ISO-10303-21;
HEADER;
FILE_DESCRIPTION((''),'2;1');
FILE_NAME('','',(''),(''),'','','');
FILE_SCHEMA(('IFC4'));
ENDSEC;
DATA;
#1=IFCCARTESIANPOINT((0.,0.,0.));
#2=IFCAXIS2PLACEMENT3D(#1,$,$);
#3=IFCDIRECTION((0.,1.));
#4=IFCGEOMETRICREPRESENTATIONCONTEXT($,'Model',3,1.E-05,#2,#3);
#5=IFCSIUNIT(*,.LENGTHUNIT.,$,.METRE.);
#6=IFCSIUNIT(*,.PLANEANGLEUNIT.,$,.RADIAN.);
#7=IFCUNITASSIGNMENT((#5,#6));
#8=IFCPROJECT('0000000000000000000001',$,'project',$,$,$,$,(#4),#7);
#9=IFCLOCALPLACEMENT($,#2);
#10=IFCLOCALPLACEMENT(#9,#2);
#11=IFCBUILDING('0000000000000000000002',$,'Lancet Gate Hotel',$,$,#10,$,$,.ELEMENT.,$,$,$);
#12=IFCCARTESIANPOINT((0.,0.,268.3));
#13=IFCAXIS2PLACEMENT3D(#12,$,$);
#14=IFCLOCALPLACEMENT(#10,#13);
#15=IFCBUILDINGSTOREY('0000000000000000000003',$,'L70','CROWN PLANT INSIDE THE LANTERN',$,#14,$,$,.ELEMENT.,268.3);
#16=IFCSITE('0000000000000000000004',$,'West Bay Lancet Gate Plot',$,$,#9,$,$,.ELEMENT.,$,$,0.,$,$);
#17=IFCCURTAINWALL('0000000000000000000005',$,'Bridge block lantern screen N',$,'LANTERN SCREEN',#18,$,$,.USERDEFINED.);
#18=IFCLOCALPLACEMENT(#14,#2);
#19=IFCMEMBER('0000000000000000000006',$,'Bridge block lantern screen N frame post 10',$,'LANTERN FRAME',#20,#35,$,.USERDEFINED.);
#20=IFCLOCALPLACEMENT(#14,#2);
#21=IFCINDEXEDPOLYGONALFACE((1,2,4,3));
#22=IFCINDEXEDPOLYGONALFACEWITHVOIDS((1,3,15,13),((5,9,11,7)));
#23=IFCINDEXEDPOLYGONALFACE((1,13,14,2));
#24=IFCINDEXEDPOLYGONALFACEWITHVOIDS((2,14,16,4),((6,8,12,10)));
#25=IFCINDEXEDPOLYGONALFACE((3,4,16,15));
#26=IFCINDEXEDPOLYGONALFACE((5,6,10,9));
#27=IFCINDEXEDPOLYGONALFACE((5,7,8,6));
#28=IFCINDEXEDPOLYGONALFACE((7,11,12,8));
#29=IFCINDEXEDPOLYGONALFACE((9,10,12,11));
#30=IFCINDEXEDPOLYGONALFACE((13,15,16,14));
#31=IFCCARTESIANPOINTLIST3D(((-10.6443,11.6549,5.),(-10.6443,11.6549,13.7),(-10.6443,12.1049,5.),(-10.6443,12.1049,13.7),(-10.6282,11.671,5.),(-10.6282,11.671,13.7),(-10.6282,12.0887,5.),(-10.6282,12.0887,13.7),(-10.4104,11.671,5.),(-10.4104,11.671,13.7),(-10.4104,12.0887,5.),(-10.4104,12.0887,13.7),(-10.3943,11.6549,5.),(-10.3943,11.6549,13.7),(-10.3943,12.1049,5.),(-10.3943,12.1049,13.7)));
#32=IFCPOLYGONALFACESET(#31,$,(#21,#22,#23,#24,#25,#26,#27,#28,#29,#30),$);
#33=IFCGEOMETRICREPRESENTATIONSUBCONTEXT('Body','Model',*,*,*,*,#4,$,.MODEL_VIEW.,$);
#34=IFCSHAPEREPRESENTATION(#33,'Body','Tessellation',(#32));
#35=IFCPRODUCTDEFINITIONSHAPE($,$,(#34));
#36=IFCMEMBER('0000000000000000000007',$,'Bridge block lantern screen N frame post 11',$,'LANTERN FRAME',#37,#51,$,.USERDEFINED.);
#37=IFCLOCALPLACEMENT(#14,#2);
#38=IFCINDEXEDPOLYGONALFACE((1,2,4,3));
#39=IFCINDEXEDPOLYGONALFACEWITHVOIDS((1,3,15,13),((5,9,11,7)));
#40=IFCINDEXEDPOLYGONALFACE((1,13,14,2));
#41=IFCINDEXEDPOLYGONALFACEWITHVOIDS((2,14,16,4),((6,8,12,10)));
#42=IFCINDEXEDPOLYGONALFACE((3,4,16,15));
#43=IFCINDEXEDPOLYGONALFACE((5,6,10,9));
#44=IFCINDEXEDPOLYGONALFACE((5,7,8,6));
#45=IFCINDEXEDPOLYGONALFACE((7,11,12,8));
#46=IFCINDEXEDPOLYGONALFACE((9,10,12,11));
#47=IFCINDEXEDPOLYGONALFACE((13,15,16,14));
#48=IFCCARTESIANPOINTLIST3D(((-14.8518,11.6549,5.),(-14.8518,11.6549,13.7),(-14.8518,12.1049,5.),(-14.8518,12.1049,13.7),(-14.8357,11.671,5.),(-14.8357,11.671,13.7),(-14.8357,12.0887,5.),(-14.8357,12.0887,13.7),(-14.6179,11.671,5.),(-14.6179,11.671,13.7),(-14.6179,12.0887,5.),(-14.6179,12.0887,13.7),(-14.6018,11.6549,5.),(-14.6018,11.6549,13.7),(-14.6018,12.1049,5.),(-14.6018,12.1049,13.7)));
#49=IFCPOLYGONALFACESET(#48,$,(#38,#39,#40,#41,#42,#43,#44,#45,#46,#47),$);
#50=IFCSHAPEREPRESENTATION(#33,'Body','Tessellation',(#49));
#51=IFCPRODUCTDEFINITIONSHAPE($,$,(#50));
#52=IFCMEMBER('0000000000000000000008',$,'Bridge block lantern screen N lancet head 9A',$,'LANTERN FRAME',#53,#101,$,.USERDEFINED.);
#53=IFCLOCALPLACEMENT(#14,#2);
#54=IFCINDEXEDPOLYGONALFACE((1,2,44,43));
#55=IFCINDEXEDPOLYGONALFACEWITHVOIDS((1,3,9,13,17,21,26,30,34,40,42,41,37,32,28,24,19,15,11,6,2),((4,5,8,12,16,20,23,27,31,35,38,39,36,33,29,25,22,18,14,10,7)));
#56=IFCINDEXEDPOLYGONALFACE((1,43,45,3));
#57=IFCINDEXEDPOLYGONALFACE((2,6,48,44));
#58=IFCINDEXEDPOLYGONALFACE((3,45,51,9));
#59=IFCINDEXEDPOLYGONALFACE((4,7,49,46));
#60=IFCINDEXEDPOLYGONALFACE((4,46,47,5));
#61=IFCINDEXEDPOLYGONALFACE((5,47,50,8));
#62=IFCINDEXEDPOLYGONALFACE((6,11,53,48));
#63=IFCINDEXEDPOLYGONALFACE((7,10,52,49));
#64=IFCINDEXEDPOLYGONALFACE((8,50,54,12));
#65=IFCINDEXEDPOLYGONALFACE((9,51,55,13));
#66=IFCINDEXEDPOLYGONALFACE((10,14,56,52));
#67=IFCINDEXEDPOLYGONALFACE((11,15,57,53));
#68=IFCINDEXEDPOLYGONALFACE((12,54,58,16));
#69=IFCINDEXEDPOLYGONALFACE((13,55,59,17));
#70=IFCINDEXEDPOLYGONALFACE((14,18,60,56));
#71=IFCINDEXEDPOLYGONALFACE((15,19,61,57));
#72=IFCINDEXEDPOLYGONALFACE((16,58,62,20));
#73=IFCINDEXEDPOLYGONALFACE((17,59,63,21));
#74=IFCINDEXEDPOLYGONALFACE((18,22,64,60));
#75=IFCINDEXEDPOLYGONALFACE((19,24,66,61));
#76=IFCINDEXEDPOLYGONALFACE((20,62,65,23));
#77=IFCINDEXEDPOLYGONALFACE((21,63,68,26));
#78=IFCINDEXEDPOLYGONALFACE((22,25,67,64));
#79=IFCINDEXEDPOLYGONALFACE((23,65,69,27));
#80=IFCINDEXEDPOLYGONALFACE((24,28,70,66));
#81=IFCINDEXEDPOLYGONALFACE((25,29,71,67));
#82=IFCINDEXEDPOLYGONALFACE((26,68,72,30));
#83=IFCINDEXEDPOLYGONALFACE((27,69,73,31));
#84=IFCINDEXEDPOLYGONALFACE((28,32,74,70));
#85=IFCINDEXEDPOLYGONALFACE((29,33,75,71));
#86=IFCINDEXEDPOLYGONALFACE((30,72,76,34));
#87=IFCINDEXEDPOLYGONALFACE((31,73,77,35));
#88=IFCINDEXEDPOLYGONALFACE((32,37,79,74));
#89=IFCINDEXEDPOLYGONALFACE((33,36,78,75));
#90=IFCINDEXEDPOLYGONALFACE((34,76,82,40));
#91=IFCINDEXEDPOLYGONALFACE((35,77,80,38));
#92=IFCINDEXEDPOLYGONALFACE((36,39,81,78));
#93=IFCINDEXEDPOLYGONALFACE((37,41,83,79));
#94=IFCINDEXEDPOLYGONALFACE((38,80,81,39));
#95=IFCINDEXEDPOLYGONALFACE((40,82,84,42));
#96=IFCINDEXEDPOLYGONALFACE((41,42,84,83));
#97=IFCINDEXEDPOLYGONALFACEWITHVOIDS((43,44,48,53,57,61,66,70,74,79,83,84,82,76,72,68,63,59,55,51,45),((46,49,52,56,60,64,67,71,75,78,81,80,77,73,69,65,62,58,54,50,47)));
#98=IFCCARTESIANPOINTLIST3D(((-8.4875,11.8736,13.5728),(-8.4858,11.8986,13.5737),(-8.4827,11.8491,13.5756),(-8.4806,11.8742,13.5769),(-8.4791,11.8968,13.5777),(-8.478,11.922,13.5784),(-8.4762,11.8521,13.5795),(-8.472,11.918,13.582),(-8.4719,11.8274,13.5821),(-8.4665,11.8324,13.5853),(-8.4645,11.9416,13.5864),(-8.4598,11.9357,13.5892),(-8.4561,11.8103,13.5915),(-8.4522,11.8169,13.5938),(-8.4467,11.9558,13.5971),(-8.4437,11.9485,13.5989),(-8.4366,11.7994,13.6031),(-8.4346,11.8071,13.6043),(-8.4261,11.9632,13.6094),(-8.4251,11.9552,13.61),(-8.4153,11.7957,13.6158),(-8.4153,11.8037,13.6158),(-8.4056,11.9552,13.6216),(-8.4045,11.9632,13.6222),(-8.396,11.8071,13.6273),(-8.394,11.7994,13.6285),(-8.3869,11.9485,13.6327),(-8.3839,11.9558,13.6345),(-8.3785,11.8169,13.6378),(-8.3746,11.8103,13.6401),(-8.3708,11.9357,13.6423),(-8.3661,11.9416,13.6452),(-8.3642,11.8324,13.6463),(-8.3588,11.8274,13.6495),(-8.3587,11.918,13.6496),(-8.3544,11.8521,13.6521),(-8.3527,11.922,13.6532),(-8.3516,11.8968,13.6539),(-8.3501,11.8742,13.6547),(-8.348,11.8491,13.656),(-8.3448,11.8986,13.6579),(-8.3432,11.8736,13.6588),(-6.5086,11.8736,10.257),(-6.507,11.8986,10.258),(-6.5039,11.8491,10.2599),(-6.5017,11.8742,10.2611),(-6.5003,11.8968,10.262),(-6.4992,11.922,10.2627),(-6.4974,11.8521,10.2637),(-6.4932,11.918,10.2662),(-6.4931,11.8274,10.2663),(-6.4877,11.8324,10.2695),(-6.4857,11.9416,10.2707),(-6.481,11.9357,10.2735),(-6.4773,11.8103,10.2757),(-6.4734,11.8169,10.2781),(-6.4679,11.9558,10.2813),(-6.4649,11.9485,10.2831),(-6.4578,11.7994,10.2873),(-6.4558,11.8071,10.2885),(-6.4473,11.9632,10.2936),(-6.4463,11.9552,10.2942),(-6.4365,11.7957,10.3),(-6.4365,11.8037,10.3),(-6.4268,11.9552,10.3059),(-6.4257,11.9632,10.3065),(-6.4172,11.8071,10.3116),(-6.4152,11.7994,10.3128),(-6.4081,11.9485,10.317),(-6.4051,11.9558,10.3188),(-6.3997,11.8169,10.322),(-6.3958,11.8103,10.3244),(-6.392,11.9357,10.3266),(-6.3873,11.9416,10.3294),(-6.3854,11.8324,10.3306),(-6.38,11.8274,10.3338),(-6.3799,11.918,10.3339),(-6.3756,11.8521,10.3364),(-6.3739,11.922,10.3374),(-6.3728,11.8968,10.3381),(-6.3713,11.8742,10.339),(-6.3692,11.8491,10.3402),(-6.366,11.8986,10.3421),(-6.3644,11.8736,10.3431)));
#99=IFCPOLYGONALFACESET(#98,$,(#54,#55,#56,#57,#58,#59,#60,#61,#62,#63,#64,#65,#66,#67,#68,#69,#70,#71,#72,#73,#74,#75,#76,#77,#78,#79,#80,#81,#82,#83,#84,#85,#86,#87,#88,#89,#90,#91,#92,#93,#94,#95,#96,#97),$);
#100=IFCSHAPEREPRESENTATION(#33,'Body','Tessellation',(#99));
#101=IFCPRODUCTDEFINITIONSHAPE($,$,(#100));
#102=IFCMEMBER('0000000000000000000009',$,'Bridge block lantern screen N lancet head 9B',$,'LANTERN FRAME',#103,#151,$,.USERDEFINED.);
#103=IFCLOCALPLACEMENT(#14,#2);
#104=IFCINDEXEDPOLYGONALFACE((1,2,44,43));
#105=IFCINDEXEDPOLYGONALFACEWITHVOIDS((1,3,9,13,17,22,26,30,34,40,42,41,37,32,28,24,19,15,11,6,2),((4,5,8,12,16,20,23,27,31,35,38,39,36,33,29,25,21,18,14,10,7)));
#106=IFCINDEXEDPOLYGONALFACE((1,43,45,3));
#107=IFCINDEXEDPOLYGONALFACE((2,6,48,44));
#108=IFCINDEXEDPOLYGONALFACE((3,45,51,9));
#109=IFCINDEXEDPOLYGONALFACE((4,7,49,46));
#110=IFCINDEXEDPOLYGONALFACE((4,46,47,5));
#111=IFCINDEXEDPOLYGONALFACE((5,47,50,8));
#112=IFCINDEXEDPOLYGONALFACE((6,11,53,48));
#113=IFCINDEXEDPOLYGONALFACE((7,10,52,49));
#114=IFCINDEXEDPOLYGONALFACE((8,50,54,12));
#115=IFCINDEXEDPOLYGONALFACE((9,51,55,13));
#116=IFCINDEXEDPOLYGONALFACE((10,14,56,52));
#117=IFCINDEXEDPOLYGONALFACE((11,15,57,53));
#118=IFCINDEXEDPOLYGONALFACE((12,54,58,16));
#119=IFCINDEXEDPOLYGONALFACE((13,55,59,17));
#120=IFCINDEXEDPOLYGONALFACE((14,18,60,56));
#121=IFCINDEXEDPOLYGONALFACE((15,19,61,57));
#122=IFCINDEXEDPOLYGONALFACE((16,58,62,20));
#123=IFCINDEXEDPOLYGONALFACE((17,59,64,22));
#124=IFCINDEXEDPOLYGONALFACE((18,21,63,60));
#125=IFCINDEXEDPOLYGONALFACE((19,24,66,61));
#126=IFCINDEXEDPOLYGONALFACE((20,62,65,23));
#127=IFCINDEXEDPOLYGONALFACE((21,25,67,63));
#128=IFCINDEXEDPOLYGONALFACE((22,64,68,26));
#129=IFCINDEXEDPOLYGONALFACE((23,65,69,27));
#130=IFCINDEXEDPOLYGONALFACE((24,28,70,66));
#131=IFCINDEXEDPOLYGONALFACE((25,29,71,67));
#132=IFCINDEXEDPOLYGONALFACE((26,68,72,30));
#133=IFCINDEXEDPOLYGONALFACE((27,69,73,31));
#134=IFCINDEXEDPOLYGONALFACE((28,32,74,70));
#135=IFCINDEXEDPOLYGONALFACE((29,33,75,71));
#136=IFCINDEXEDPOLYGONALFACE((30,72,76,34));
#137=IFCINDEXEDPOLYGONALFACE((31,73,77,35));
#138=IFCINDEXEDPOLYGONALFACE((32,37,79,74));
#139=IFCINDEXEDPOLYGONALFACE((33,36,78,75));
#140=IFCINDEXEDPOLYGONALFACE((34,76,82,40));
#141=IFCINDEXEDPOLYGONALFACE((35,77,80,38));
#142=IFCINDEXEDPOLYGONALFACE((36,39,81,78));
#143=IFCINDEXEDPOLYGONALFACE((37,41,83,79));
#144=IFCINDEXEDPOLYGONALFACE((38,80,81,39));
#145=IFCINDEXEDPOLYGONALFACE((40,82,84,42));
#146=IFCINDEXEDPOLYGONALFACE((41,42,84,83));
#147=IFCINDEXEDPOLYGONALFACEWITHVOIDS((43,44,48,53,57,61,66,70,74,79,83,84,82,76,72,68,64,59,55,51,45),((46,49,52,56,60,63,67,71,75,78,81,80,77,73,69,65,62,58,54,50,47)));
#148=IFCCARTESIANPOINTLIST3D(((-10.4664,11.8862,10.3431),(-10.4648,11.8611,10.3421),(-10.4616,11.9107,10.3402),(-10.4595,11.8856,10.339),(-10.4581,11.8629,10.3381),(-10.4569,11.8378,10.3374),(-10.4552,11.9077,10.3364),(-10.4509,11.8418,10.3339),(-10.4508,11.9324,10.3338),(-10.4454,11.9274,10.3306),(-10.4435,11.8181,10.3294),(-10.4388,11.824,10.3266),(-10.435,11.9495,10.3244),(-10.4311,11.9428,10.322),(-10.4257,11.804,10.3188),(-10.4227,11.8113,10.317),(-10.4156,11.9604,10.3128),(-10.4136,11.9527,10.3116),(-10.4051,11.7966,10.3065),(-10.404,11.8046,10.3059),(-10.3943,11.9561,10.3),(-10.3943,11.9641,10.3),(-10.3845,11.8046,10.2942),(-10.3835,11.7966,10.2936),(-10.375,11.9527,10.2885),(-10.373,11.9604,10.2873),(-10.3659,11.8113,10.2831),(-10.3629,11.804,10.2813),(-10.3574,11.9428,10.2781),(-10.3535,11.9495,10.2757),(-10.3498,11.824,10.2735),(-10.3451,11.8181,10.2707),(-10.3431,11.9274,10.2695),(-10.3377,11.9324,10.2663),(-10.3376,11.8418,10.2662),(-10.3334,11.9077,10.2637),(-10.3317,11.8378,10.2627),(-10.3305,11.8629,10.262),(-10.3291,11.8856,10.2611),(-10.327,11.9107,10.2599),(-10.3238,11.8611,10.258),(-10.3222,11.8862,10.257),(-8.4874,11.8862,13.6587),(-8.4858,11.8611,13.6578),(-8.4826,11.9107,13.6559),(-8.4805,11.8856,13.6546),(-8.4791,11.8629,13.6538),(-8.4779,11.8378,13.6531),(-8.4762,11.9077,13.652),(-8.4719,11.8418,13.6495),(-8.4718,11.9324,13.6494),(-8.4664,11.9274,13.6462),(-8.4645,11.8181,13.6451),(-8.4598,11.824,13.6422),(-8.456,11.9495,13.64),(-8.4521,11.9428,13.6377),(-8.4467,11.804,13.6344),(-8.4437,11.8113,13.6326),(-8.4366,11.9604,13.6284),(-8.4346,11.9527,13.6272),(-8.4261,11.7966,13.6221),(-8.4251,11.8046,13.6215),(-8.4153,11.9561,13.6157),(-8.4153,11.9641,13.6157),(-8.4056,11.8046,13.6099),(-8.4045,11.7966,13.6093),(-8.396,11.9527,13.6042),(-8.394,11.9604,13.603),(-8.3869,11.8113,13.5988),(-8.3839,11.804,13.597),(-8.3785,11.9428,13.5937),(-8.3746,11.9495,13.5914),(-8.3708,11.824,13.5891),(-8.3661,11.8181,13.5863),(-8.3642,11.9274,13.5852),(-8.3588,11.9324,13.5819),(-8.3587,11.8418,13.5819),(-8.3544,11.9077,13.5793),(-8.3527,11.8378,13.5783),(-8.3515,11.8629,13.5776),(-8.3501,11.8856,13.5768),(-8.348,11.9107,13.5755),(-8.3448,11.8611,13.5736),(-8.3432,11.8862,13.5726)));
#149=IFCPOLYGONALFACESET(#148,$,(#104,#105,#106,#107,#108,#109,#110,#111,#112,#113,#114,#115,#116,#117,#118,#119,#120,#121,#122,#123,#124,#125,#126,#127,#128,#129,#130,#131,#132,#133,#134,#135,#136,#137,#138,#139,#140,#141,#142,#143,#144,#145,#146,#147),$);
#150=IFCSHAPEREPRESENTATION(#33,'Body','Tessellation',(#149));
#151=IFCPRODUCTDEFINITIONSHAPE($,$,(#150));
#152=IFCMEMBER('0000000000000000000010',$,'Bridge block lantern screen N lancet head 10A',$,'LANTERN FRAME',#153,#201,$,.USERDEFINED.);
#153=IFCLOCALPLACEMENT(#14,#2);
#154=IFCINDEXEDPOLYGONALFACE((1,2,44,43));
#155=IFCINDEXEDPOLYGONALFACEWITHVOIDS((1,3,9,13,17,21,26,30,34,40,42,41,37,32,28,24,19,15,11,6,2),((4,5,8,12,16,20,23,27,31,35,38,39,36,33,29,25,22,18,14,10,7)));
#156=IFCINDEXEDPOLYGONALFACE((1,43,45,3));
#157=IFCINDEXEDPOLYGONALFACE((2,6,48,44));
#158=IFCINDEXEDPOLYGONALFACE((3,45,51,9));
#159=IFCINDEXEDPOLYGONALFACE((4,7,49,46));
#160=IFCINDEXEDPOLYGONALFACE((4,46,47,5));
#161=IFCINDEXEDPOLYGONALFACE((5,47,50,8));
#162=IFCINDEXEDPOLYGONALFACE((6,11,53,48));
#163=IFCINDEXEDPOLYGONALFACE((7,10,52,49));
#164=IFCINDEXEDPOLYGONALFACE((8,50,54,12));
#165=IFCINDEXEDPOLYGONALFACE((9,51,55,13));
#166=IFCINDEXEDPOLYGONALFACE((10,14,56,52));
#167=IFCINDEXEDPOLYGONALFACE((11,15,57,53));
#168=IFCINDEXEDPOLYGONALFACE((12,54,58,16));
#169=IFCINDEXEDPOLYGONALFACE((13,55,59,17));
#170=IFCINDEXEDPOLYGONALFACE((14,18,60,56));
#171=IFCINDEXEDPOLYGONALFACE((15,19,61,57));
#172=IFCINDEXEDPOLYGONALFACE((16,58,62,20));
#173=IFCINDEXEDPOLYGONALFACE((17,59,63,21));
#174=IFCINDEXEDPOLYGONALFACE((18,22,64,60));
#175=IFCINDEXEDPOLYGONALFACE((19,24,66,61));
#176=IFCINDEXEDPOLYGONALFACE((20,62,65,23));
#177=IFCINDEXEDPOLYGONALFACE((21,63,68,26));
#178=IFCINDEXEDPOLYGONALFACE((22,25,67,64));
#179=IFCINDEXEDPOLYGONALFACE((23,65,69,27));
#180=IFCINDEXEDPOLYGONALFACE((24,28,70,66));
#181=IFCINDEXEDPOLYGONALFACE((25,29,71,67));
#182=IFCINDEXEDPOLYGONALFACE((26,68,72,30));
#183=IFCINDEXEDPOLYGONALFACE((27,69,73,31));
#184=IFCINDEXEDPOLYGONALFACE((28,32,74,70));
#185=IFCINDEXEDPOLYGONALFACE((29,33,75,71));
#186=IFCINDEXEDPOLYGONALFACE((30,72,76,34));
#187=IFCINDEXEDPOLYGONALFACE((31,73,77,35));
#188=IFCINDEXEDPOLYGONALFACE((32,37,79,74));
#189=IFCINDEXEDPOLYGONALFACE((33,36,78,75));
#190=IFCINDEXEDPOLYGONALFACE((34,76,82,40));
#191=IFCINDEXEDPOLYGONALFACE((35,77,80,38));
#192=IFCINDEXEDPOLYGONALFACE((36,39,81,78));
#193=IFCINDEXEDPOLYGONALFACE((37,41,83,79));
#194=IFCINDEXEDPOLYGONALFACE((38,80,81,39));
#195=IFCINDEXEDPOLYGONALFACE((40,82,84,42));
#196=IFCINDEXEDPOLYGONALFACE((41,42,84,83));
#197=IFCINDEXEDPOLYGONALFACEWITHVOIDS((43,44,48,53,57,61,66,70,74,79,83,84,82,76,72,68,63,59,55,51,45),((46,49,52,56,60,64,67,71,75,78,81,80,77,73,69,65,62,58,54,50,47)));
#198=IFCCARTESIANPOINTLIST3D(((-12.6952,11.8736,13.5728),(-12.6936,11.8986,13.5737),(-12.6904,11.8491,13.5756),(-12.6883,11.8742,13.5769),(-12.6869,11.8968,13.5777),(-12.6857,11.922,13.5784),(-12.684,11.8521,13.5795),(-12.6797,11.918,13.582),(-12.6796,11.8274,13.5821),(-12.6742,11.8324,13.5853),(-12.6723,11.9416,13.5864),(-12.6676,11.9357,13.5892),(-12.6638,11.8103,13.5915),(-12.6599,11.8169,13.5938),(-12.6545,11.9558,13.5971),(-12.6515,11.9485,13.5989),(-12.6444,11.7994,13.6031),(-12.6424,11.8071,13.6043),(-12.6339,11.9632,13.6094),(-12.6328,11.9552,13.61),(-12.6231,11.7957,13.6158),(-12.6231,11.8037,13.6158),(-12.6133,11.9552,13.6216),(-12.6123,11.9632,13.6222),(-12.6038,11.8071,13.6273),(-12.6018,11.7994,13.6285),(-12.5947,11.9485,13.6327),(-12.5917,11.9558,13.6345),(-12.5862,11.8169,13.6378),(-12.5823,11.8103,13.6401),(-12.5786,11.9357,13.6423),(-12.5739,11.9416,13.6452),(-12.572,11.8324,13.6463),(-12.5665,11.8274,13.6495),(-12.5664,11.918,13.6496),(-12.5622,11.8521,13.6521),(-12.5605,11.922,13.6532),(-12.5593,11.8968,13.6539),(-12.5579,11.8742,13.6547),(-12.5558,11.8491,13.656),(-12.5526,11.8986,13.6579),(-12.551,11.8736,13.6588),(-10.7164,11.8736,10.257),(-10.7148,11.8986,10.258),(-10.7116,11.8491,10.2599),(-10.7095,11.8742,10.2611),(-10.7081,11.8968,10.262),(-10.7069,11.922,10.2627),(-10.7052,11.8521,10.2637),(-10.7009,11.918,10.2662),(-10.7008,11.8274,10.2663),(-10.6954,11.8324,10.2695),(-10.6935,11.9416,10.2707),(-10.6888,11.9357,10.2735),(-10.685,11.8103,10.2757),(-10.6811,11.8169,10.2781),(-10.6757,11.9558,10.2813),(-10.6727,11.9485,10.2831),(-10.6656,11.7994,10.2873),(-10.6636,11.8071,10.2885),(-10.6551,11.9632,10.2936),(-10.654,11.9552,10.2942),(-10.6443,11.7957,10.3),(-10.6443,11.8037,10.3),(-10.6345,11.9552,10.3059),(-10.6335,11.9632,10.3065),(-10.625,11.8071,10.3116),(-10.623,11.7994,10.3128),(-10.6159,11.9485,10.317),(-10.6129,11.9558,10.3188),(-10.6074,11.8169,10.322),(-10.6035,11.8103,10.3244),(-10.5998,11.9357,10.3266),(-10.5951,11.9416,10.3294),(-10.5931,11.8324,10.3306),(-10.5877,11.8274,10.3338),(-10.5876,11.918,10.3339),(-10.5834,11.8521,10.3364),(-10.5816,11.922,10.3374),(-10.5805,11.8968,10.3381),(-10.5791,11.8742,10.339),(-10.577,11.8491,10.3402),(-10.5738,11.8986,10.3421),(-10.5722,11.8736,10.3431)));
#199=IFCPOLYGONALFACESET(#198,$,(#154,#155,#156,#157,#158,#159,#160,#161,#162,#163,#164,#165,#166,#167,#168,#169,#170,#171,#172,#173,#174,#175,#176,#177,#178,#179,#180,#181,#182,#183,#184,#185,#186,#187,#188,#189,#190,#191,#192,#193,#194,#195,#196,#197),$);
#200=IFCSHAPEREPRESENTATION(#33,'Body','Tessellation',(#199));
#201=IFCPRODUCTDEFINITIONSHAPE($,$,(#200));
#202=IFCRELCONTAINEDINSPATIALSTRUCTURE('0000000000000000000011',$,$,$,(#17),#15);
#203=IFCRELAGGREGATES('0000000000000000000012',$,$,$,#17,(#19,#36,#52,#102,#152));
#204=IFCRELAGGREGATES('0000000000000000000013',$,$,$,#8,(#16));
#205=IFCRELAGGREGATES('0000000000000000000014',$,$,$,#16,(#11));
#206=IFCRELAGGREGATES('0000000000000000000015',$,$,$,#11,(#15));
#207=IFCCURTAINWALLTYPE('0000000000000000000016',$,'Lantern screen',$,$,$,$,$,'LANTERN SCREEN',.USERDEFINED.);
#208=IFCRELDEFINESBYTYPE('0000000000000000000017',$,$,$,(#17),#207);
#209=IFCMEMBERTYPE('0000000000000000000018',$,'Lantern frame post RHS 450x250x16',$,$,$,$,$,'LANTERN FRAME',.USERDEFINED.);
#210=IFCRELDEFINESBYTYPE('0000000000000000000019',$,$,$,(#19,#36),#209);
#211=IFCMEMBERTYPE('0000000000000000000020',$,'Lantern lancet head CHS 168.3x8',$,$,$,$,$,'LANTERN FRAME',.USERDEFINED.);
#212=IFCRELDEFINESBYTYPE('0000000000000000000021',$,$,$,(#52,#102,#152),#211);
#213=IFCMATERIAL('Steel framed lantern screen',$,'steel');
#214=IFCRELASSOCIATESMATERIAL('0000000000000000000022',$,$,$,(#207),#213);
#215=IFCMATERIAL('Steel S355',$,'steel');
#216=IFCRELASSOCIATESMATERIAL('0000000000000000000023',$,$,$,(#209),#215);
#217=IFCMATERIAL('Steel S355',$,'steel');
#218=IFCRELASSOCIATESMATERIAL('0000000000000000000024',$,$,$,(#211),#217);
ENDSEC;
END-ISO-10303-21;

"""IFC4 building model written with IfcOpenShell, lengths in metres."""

from ifc_helpers import new_model, si_unit, direction, frame, origin, origin_2d, place, context, subcontext, project, spatial, hollow_rectangle, hollow_circle, extrude, material, material_profile, profile_set, type_object, element, aggregate, save


model = new_model("IFC4")

# Units and contexts
model_context = context("Model", 3, precision=1e-05, world=origin(), true_north=direction((0.0, 1.0)))
body_context = subcontext(model_context, "Body", "Model", "MODEL_VIEW")
ifc_project = project(units=[si_unit("LENGTHUNIT", "METRE"), si_unit("PLANEANGLEUNIT", "RADIAN")], contexts=[model_context])

# Site, building, storey
site_placement = place(None, origin())
site = spatial("IfcSite", under=ifc_project, at=site_placement, Name="West Bay Lancet Gate Plot", CompositionType="ELEMENT", RefElevation=0.0)
building_placement = place(site_placement, origin())
building = spatial("IfcBuilding", under=site, at=building_placement, Name="Lancet Gate Hotel", CompositionType="ELEMENT")
storey_placement = place(building_placement, frame((0.0, 0.0, 268.3)))
storey = spatial("IfcBuildingStorey", under=building, at=storey_placement, Name="L70", Description="CROWN PLANT INSIDE THE LANTERN", CompositionType="ELEMENT", Elevation=268.3)

# Curtain wall, members
ifc_material_1 = material(Name="Steel framed lantern screen", Category="steel")
curtain_wall_type_1 = type_object("IfcCurtainWallType", Name="Lantern screen", ElementType="LANTERN SCREEN", PredefinedType="USERDEFINED", material=ifc_material_1)
curtain_wall_1_placement = place(storey_placement, origin())
curtain_wall_1 = element("IfcCurtainWall", 1, at=curtain_wall_1_placement, inside=storey, type_object=curtain_wall_type_1, Name="Bridge block lantern screen N", ObjectType="LANTERN SCREEN", PredefinedType="USERDEFINED")
ifc_material_2 = material(Name="Steel S355", Category="steel")
ifc_material_profile_1 = material_profile(ifc_material_2, hollow_rectangle(XDim=0.25, YDim=0.45, WallThickness=0.0161, at=origin_2d()), Name="RHS 450x250x16")
ifc_profile_set_1 = profile_set([ifc_material_profile_1], Name="Steel S355")
member_type_1 = type_object("IfcMemberType", Name="Lantern frame post RHS 450x250x16", ElementType="LANTERN FRAME", PredefinedType="USERDEFINED", material=ifc_profile_set_1)
member_1_placement = place(storey_placement, frame((-10.5193, 11.8799, 5.0), z_axis=(0.0, 0.0, 1.0), x_axis=(-1.0, 0.0, 0.0)))
member_1 = element("IfcMember", 2, at=member_1_placement, type_object=member_type_1, Name="Bridge block lantern screen N frame post 10", ObjectType="LANTERN FRAME", PredefinedType="USERDEFINED", context=body_context, shape_type="SweptSolid", body=[
    extrude(hollow_rectangle(XDim=0.25, YDim=0.45, WallThickness=0.0161, at=origin_2d()), origin(), (0.0, 0.0, 1.0), 8.7),
])
member_2_placement = place(storey_placement, frame((-14.7268, 11.8799, 5.0), z_axis=(0.0, 0.0, 1.0), x_axis=(-1.0, 0.0, 0.0)))
member_2 = element("IfcMember", 3, at=member_2_placement, type_object=member_type_1, Name="Bridge block lantern screen N frame post 11", ObjectType="LANTERN FRAME", PredefinedType="USERDEFINED", context=body_context, shape_type="SweptSolid", body=[
    extrude(hollow_rectangle(XDim=0.25, YDim=0.45, WallThickness=0.0161, at=origin_2d()), origin(), (0.0, 0.0, 1.0), 8.7),
])
ifc_material_3 = material(Name="Steel S355", Category="steel")
ifc_material_profile_2 = material_profile(ifc_material_3, hollow_circle(Radius=0.0842, WallThickness=0.0081, at=origin_2d()), Name="CHS 168.3x8.0")
ifc_profile_set_2 = profile_set([ifc_material_profile_2], Name="Steel S355")
member_type_2 = type_object("IfcMemberType", Name="Lantern lancet head CHS 168.3x8", ElementType="LANTERN FRAME", PredefinedType="USERDEFINED", material=ifc_profile_set_2)
member_3_placement = place(storey_placement, frame((-6.4365, 11.8799, 10.3), z_axis=(-0.512467, 0.0, 0.858707), x_axis=(0.0, -1.0, 0.0)))
member_3 = element("IfcMember", 4, at=member_3_placement, type_object=member_type_2, Name="Bridge block lantern screen N lancet head 9A", ObjectType="LANTERN FRAME", PredefinedType="USERDEFINED", context=body_context, shape_type="SweptSolid", body=[
    extrude(hollow_circle(Radius=0.0842, WallThickness=0.0081, at=origin_2d()), origin(), (0.0, 0.0, 1.0), 3.8613),
])
member_4_placement = place(storey_placement, frame((-10.3943, 11.8799, 10.3), z_axis=(0.512514, 0.0, 0.858679), x_axis=(0.0, 1.0, 0.0)))
member_4 = element("IfcMember", 5, at=member_4_placement, type_object=member_type_2, Name="Bridge block lantern screen N lancet head 9B", ObjectType="LANTERN FRAME", PredefinedType="USERDEFINED", context=body_context, shape_type="SweptSolid", body=[
    extrude(hollow_circle(Radius=0.0842, WallThickness=0.0081, at=origin_2d()), origin(), (0.0, 0.0, 1.0), 3.8613),
])
member_5_placement = place(storey_placement, frame((-10.6443, 11.8799, 10.3), z_axis=(-0.512467, 0.0, 0.858707), x_axis=(0.0, -1.0, 0.0)))
member_5 = element("IfcMember", 6, at=member_5_placement, type_object=member_type_2, Name="Bridge block lantern screen N lancet head 10A", ObjectType="LANTERN FRAME", PredefinedType="USERDEFINED", context=body_context, shape_type="SweptSolid", body=[
    extrude(hollow_circle(Radius=0.0842, WallThickness=0.0081, at=origin_2d()), origin(), (0.0, 0.0, 1.0), 3.8613),
])

aggregate(curtain_wall_1, [member_1, member_2, member_3, member_4, member_5])

save(model, "model.ifc")
